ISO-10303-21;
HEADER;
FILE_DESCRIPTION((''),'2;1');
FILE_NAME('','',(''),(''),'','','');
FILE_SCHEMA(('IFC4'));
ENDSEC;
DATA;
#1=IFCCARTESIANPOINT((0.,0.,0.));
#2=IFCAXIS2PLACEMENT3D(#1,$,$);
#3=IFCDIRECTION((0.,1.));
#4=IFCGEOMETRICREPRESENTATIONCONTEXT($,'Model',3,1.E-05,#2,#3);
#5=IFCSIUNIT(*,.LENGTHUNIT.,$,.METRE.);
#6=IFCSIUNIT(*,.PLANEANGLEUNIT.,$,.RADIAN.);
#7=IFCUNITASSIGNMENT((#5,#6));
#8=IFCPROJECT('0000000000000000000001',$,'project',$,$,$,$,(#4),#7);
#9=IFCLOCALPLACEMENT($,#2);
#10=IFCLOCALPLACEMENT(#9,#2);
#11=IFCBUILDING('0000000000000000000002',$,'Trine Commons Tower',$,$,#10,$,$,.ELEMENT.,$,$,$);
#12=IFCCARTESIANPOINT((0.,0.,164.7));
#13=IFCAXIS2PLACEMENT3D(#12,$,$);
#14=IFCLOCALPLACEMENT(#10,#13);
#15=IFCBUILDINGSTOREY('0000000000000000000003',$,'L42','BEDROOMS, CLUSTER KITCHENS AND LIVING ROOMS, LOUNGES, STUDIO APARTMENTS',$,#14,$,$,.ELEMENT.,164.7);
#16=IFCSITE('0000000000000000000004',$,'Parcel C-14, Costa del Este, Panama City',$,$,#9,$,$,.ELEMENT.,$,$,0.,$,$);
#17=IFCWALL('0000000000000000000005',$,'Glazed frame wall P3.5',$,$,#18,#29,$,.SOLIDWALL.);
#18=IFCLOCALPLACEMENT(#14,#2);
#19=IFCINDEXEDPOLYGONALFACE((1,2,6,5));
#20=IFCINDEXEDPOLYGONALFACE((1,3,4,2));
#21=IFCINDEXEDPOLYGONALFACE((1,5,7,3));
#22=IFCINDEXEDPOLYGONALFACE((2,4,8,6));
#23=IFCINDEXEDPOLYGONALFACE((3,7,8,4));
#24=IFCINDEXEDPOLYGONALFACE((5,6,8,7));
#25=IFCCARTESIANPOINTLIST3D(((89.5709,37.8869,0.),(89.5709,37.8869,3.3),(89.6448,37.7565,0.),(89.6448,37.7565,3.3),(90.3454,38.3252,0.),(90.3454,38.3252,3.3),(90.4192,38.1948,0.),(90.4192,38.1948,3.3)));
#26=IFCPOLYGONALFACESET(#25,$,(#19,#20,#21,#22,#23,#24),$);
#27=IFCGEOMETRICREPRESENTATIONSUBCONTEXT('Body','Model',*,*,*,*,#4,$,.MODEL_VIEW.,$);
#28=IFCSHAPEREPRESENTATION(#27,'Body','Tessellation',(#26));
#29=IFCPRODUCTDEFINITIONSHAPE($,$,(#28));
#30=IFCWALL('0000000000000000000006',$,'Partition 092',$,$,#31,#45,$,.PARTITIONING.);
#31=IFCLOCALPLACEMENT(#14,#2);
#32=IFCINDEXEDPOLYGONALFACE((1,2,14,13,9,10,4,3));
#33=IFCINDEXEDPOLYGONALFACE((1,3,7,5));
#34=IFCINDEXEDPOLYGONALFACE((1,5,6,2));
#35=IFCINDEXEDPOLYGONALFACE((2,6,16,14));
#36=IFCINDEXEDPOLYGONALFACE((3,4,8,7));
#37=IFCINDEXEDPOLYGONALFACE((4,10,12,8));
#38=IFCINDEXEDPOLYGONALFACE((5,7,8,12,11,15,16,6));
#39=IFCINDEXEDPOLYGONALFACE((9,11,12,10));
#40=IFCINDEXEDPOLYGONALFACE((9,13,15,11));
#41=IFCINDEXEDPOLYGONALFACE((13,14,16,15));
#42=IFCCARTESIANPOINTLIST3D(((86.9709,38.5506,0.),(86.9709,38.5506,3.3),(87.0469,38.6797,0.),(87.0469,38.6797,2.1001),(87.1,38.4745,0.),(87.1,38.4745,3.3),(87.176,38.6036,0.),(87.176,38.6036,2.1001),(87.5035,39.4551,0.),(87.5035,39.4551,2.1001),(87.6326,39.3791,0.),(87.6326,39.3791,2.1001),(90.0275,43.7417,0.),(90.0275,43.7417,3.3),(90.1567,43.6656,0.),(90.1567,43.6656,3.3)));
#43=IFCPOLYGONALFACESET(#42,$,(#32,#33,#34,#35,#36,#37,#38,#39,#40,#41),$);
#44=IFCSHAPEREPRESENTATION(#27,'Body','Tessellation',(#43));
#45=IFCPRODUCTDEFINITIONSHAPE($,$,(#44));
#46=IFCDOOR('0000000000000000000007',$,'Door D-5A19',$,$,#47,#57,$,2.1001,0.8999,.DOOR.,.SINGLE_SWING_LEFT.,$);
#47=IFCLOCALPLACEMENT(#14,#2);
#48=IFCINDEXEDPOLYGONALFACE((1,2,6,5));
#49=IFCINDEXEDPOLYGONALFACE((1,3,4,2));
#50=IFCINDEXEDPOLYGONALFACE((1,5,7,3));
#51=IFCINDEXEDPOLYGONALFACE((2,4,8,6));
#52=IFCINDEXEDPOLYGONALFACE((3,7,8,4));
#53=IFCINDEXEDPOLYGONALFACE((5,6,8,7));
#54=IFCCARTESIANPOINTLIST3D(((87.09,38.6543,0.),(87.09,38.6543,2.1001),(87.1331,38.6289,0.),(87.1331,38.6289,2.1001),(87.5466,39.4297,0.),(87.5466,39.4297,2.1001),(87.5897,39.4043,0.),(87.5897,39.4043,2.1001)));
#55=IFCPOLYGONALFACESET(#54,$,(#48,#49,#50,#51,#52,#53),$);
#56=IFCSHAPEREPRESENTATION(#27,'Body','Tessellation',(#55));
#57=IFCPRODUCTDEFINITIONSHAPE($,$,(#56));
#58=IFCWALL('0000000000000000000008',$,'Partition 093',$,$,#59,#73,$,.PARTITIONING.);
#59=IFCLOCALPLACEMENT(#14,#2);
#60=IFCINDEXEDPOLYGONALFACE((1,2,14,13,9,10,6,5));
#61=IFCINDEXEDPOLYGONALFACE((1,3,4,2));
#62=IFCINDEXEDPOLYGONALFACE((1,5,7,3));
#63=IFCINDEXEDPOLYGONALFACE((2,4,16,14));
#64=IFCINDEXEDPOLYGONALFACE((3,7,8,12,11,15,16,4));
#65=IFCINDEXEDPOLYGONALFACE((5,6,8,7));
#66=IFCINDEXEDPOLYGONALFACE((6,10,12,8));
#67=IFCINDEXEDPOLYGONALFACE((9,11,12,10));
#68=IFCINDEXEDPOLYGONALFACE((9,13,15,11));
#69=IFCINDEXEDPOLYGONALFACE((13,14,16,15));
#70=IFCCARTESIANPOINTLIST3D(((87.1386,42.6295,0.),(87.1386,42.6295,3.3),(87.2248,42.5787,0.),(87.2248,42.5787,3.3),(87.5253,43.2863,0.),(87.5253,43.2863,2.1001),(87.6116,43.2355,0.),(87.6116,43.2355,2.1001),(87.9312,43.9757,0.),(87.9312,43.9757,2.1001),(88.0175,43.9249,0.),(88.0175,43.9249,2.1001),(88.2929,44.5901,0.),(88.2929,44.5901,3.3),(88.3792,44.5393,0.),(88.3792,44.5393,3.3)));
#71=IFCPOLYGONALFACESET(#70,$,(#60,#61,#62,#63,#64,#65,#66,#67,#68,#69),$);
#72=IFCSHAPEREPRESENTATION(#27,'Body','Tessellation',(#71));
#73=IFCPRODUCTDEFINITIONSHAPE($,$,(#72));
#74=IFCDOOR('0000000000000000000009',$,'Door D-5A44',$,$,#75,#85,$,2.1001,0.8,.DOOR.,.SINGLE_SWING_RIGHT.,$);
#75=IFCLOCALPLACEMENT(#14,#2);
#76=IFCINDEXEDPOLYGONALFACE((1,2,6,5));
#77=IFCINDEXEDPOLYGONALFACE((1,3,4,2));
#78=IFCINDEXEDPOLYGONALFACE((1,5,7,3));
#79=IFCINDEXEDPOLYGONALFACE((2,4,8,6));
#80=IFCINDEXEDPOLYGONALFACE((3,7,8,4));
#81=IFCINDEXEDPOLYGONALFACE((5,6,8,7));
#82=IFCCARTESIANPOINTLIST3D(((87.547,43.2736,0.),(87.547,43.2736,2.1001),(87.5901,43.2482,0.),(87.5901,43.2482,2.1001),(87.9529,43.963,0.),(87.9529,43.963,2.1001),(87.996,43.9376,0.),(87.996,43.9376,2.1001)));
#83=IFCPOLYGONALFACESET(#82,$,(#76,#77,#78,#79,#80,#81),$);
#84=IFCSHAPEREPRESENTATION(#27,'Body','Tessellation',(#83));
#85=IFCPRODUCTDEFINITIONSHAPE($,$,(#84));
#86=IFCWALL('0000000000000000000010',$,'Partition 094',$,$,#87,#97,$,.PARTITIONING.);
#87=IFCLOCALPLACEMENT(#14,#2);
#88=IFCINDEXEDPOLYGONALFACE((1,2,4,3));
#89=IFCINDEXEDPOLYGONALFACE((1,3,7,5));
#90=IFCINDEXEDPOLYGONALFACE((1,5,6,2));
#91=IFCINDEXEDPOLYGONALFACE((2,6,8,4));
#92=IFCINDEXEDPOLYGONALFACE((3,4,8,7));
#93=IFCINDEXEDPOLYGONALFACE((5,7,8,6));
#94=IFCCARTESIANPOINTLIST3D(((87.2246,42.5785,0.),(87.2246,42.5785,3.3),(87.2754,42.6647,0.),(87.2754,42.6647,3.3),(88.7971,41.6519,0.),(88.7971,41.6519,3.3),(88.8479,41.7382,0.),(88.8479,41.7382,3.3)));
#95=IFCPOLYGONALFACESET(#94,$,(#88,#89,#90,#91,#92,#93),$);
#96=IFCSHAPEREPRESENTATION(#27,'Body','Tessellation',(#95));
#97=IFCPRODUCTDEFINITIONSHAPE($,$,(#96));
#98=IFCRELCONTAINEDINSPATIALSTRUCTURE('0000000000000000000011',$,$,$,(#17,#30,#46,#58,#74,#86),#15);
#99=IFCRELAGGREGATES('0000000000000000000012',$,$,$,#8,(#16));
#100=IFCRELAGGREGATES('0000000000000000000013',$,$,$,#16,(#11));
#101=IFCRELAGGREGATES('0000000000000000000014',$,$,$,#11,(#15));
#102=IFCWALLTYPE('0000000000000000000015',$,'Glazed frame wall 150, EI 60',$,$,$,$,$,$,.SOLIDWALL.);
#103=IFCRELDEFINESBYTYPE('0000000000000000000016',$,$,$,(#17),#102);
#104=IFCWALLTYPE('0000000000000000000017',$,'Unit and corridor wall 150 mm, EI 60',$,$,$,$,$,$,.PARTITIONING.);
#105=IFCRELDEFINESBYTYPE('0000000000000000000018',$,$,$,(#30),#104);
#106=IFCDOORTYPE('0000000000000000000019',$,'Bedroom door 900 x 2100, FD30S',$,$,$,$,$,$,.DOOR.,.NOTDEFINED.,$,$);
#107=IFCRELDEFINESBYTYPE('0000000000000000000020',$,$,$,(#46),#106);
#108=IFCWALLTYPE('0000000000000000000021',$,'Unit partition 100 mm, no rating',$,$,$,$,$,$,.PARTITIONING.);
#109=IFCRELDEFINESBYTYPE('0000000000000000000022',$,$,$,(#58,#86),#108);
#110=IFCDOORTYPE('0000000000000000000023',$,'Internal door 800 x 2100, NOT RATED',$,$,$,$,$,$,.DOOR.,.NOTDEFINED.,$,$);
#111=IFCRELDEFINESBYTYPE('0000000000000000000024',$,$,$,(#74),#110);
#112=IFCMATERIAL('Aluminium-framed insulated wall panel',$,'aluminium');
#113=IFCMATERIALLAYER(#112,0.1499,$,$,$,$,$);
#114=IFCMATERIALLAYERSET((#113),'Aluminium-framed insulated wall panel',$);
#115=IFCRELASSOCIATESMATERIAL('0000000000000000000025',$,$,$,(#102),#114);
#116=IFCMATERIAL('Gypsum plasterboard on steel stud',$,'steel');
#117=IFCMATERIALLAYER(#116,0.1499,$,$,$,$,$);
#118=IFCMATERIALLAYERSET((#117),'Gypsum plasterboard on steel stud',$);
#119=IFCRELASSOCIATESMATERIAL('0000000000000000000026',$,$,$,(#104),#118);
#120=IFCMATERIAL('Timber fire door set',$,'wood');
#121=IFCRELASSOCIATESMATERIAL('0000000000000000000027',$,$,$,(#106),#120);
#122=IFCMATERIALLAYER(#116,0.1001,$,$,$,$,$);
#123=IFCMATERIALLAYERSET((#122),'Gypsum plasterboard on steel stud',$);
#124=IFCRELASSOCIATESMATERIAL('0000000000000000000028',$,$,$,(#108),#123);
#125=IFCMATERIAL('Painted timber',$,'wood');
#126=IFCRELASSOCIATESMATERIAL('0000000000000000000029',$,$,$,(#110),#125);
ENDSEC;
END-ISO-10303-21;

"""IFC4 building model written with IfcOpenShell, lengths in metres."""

from ifc_helpers import new_model, si_unit, direction, frame, frame_2d, origin, place, context, subcontext, project, spatial, polyline, rectangle, outline, extrude, material, layer, layer_set, type_object, element, fill, save


model = new_model("IFC4")

# Units and contexts
model_context = context("Model", 3, precision=1e-05, world=origin(), true_north=direction((0.0, 1.0)))
body_context = subcontext(model_context, "Body", "Model", "MODEL_VIEW")
ifc_project = project(units=[si_unit("LENGTHUNIT", "METRE"), si_unit("PLANEANGLEUNIT", "RADIAN")], contexts=[model_context])

# Site, building, storey
site_placement = place(None, origin())
site = spatial("IfcSite", under=ifc_project, at=site_placement, Name="Parcel C-14, Costa del Este, Panama City", CompositionType="ELEMENT", RefElevation=0.0)
building_placement = place(site_placement, origin())
building = spatial("IfcBuilding", under=site, at=building_placement, Name="Trine Commons Tower", CompositionType="ELEMENT")
storey_placement = place(building_placement, frame((0.0, 0.0, 164.7)))
storey = spatial("IfcBuildingStorey", under=building, at=storey_placement, Name="L42", Description="BEDROOMS, CLUSTER KITCHENS AND LIVING ROOMS, LOUNGES, STUDIO APARTMENTS", CompositionType="ELEMENT", Elevation=164.7)

# Wall
ifc_material_1 = material(Name="Aluminium-framed insulated wall panel", Category="aluminium")
ifc_layer_1 = layer(ifc_material_1, 0.1499)
ifc_layer_set_1 = layer_set([ifc_layer_1], Name="Aluminium-framed insulated wall panel")
wall_type_1 = type_object("IfcWallType", Name="Glazed frame wall 150, EI 60", PredefinedType="SOLIDWALL", material=ifc_layer_set_1)
wall_1_placement = place(storey_placement, frame((90.3823, 38.26, 0.0), z_axis=(0.0, 0.0, 1.0), x_axis=(-0.870294, -0.492532, 0.0)))
element("IfcWall", 1, at=wall_1_placement, inside=storey, type_object=wall_type_1, Name="Glazed frame wall P3.5", PredefinedType="SOLIDWALL", context=body_context, shape_type="SweptSolid", body=[
    extrude(outline(polyline([(0.8899, 0.075), (0.0, 0.075), (0.0, -0.075), (0.8899, -0.075), (0.8899, 0.075)])), origin(), (0.0, 0.0, 1.0), 3.3),
])

# Walls, openings, doors
ifc_material_2 = material(Name="Gypsum plasterboard on steel stud", Category="steel")
ifc_layer_2 = layer(ifc_material_2, 0.1499)
ifc_layer_set_2 = layer_set([ifc_layer_2], Name="Gypsum plasterboard on steel stud")
wall_type_2 = type_object("IfcWallType", Name="Unit and corridor wall 150 mm, EI 60", PredefinedType="PARTITIONING", material=ifc_layer_set_2)
wall_2_placement = place(storey_placement, frame((87.0354, 38.5125, 0.0), z_axis=(0.0, 0.0, 1.0), x_axis=(0.507392, 0.861715, 0.0)))
wall_2 = element("IfcWall", 2, at=wall_2_placement, inside=storey, type_object=wall_type_2, Name="Partition 092", PredefinedType="PARTITIONING", context=body_context, shape_type="SweptSolid", body=[
    extrude(rectangle(XDim=6.0242, YDim=0.1499, at=frame_2d((3.0122, 0.0))), origin(), (0.0, 0.0, 1.0), 3.3),
])
opening_1_placement = place(wall_2_placement, frame((0.1499, 0.0, 0.0)))
opening_1 = element("IfcOpeningElement", 3, at=opening_1_placement, cuts=wall_2, PredefinedType="OPENING", context=body_context, shape_type="SweptSolid", body=[
    extrude(rectangle(XDim=0.8999, YDim=2.1001, at=frame_2d((0.45, 1.05))), frame((0.0, 0.085, 0.0), z_axis=(0.0, -1.0, 0.0), x_axis=(1.0, 0.0, 0.0)), (0.0, 0.0, 1.0), 0.1699),
])
ifc_material_3 = material(Name="Timber fire door set", Category="wood")
door_type_1 = type_object("IfcDoorType", Name="Bedroom door 900 x 2100, FD30S", OperationType="NOTDEFINED", PredefinedType="DOOR", material=ifc_material_3)
door_1_placement = place(opening_1_placement, origin())
door_1 = element("IfcDoor", 4, at=door_1_placement, inside=storey, type_object=door_type_1, Name="Door D-5A19", OperationType="SINGLE_SWING_LEFT", OverallHeight=2.1001, OverallWidth=0.8999, PredefinedType="DOOR", context=body_context, shape_type="SweptSolid", body=[
    extrude(rectangle(XDim=0.8999, YDim=2.1001, at=frame_2d((0.45, 1.05))), frame((0.0, 0.0249, 0.0), z_axis=(0.0, -1.0, 0.0), x_axis=(1.0, 0.0, 0.0)), (0.0, 0.0, 1.0), 0.05),
])
fill(opening_1, door_1)
ifc_layer_3 = layer(ifc_material_2, 0.1001)
ifc_layer_set_3 = layer_set([ifc_layer_3], Name="Gypsum plasterboard on steel stud")
wall_type_3 = type_object("IfcWallType", Name="Unit partition 100 mm, no rating", PredefinedType="PARTITIONING", material=ifc_layer_set_3)
wall_3_placement = place(storey_placement, frame((87.1816, 42.604, 0.0), z_axis=(0.0, 0.0, 1.0), x_axis=(0.507377, 0.861724, 0.0)))
wall_3 = element("IfcWall", 5, at=wall_3_placement, inside=storey, type_object=wall_type_3, Name="Partition 093", PredefinedType="PARTITIONING", context=body_context, shape_type="SweptSolid", body=[
    extrude(rectangle(XDim=2.2751, YDim=0.1001, at=frame_2d((1.1377, 0.0))), origin(), (0.0, 0.0, 1.0), 3.3),
])
opening_2_placement = place(wall_3_placement, frame((0.7625, 0.0, 0.0)))
opening_2 = element("IfcOpeningElement", 6, at=opening_2_placement, cuts=wall_3, PredefinedType="OPENING", context=body_context, shape_type="SweptSolid", body=[
    extrude(rectangle(XDim=0.8, YDim=2.1001, at=frame_2d((0.3999, 1.05))), frame((0.0, 0.0601, 0.0), z_axis=(0.0, -1.0, 0.0), x_axis=(1.0, 0.0, 0.0)), (0.0, 0.0, 1.0), 0.1201),
])
ifc_material_4 = material(Name="Painted timber", Category="wood")
door_type_2 = type_object("IfcDoorType", Name="Internal door 800 x 2100, NOT RATED", OperationType="NOTDEFINED", PredefinedType="DOOR", material=ifc_material_4)
door_2_placement = place(opening_2_placement, origin())
door_2 = element("IfcDoor", 7, at=door_2_placement, inside=storey, type_object=door_type_2, Name="Door D-5A44", OperationType="SINGLE_SWING_RIGHT", OverallHeight=2.1001, OverallWidth=0.8, PredefinedType="DOOR", context=body_context, shape_type="SweptSolid", body=[
    extrude(rectangle(XDim=0.8, YDim=2.1001, at=frame_2d((0.3999, 1.05))), frame((0.0, 0.0249, 0.0), z_axis=(0.0, -1.0, 0.0), x_axis=(1.0, 0.0, 0.0)), (0.0, 0.0, 1.0), 0.05),
])
fill(opening_2, door_2)

# Wall
wall_4_placement = place(storey_placement, frame((87.25, 42.6216, 0.0), z_axis=(0.0, 0.0, 1.0), x_axis=(0.861573, -0.507634, 0.0)))
element("IfcWall", 8, at=wall_4_placement, inside=storey, type_object=wall_type_3, Name="Partition 094", PredefinedType="PARTITIONING", context=body_context, shape_type="SweptSolid", body=[
    extrude(rectangle(XDim=1.8252, YDim=0.1001, at=frame_2d((0.9126, 0.0))), origin(), (0.0, 0.0, 1.0), 3.3),
])

save(model, "model.ifc")
